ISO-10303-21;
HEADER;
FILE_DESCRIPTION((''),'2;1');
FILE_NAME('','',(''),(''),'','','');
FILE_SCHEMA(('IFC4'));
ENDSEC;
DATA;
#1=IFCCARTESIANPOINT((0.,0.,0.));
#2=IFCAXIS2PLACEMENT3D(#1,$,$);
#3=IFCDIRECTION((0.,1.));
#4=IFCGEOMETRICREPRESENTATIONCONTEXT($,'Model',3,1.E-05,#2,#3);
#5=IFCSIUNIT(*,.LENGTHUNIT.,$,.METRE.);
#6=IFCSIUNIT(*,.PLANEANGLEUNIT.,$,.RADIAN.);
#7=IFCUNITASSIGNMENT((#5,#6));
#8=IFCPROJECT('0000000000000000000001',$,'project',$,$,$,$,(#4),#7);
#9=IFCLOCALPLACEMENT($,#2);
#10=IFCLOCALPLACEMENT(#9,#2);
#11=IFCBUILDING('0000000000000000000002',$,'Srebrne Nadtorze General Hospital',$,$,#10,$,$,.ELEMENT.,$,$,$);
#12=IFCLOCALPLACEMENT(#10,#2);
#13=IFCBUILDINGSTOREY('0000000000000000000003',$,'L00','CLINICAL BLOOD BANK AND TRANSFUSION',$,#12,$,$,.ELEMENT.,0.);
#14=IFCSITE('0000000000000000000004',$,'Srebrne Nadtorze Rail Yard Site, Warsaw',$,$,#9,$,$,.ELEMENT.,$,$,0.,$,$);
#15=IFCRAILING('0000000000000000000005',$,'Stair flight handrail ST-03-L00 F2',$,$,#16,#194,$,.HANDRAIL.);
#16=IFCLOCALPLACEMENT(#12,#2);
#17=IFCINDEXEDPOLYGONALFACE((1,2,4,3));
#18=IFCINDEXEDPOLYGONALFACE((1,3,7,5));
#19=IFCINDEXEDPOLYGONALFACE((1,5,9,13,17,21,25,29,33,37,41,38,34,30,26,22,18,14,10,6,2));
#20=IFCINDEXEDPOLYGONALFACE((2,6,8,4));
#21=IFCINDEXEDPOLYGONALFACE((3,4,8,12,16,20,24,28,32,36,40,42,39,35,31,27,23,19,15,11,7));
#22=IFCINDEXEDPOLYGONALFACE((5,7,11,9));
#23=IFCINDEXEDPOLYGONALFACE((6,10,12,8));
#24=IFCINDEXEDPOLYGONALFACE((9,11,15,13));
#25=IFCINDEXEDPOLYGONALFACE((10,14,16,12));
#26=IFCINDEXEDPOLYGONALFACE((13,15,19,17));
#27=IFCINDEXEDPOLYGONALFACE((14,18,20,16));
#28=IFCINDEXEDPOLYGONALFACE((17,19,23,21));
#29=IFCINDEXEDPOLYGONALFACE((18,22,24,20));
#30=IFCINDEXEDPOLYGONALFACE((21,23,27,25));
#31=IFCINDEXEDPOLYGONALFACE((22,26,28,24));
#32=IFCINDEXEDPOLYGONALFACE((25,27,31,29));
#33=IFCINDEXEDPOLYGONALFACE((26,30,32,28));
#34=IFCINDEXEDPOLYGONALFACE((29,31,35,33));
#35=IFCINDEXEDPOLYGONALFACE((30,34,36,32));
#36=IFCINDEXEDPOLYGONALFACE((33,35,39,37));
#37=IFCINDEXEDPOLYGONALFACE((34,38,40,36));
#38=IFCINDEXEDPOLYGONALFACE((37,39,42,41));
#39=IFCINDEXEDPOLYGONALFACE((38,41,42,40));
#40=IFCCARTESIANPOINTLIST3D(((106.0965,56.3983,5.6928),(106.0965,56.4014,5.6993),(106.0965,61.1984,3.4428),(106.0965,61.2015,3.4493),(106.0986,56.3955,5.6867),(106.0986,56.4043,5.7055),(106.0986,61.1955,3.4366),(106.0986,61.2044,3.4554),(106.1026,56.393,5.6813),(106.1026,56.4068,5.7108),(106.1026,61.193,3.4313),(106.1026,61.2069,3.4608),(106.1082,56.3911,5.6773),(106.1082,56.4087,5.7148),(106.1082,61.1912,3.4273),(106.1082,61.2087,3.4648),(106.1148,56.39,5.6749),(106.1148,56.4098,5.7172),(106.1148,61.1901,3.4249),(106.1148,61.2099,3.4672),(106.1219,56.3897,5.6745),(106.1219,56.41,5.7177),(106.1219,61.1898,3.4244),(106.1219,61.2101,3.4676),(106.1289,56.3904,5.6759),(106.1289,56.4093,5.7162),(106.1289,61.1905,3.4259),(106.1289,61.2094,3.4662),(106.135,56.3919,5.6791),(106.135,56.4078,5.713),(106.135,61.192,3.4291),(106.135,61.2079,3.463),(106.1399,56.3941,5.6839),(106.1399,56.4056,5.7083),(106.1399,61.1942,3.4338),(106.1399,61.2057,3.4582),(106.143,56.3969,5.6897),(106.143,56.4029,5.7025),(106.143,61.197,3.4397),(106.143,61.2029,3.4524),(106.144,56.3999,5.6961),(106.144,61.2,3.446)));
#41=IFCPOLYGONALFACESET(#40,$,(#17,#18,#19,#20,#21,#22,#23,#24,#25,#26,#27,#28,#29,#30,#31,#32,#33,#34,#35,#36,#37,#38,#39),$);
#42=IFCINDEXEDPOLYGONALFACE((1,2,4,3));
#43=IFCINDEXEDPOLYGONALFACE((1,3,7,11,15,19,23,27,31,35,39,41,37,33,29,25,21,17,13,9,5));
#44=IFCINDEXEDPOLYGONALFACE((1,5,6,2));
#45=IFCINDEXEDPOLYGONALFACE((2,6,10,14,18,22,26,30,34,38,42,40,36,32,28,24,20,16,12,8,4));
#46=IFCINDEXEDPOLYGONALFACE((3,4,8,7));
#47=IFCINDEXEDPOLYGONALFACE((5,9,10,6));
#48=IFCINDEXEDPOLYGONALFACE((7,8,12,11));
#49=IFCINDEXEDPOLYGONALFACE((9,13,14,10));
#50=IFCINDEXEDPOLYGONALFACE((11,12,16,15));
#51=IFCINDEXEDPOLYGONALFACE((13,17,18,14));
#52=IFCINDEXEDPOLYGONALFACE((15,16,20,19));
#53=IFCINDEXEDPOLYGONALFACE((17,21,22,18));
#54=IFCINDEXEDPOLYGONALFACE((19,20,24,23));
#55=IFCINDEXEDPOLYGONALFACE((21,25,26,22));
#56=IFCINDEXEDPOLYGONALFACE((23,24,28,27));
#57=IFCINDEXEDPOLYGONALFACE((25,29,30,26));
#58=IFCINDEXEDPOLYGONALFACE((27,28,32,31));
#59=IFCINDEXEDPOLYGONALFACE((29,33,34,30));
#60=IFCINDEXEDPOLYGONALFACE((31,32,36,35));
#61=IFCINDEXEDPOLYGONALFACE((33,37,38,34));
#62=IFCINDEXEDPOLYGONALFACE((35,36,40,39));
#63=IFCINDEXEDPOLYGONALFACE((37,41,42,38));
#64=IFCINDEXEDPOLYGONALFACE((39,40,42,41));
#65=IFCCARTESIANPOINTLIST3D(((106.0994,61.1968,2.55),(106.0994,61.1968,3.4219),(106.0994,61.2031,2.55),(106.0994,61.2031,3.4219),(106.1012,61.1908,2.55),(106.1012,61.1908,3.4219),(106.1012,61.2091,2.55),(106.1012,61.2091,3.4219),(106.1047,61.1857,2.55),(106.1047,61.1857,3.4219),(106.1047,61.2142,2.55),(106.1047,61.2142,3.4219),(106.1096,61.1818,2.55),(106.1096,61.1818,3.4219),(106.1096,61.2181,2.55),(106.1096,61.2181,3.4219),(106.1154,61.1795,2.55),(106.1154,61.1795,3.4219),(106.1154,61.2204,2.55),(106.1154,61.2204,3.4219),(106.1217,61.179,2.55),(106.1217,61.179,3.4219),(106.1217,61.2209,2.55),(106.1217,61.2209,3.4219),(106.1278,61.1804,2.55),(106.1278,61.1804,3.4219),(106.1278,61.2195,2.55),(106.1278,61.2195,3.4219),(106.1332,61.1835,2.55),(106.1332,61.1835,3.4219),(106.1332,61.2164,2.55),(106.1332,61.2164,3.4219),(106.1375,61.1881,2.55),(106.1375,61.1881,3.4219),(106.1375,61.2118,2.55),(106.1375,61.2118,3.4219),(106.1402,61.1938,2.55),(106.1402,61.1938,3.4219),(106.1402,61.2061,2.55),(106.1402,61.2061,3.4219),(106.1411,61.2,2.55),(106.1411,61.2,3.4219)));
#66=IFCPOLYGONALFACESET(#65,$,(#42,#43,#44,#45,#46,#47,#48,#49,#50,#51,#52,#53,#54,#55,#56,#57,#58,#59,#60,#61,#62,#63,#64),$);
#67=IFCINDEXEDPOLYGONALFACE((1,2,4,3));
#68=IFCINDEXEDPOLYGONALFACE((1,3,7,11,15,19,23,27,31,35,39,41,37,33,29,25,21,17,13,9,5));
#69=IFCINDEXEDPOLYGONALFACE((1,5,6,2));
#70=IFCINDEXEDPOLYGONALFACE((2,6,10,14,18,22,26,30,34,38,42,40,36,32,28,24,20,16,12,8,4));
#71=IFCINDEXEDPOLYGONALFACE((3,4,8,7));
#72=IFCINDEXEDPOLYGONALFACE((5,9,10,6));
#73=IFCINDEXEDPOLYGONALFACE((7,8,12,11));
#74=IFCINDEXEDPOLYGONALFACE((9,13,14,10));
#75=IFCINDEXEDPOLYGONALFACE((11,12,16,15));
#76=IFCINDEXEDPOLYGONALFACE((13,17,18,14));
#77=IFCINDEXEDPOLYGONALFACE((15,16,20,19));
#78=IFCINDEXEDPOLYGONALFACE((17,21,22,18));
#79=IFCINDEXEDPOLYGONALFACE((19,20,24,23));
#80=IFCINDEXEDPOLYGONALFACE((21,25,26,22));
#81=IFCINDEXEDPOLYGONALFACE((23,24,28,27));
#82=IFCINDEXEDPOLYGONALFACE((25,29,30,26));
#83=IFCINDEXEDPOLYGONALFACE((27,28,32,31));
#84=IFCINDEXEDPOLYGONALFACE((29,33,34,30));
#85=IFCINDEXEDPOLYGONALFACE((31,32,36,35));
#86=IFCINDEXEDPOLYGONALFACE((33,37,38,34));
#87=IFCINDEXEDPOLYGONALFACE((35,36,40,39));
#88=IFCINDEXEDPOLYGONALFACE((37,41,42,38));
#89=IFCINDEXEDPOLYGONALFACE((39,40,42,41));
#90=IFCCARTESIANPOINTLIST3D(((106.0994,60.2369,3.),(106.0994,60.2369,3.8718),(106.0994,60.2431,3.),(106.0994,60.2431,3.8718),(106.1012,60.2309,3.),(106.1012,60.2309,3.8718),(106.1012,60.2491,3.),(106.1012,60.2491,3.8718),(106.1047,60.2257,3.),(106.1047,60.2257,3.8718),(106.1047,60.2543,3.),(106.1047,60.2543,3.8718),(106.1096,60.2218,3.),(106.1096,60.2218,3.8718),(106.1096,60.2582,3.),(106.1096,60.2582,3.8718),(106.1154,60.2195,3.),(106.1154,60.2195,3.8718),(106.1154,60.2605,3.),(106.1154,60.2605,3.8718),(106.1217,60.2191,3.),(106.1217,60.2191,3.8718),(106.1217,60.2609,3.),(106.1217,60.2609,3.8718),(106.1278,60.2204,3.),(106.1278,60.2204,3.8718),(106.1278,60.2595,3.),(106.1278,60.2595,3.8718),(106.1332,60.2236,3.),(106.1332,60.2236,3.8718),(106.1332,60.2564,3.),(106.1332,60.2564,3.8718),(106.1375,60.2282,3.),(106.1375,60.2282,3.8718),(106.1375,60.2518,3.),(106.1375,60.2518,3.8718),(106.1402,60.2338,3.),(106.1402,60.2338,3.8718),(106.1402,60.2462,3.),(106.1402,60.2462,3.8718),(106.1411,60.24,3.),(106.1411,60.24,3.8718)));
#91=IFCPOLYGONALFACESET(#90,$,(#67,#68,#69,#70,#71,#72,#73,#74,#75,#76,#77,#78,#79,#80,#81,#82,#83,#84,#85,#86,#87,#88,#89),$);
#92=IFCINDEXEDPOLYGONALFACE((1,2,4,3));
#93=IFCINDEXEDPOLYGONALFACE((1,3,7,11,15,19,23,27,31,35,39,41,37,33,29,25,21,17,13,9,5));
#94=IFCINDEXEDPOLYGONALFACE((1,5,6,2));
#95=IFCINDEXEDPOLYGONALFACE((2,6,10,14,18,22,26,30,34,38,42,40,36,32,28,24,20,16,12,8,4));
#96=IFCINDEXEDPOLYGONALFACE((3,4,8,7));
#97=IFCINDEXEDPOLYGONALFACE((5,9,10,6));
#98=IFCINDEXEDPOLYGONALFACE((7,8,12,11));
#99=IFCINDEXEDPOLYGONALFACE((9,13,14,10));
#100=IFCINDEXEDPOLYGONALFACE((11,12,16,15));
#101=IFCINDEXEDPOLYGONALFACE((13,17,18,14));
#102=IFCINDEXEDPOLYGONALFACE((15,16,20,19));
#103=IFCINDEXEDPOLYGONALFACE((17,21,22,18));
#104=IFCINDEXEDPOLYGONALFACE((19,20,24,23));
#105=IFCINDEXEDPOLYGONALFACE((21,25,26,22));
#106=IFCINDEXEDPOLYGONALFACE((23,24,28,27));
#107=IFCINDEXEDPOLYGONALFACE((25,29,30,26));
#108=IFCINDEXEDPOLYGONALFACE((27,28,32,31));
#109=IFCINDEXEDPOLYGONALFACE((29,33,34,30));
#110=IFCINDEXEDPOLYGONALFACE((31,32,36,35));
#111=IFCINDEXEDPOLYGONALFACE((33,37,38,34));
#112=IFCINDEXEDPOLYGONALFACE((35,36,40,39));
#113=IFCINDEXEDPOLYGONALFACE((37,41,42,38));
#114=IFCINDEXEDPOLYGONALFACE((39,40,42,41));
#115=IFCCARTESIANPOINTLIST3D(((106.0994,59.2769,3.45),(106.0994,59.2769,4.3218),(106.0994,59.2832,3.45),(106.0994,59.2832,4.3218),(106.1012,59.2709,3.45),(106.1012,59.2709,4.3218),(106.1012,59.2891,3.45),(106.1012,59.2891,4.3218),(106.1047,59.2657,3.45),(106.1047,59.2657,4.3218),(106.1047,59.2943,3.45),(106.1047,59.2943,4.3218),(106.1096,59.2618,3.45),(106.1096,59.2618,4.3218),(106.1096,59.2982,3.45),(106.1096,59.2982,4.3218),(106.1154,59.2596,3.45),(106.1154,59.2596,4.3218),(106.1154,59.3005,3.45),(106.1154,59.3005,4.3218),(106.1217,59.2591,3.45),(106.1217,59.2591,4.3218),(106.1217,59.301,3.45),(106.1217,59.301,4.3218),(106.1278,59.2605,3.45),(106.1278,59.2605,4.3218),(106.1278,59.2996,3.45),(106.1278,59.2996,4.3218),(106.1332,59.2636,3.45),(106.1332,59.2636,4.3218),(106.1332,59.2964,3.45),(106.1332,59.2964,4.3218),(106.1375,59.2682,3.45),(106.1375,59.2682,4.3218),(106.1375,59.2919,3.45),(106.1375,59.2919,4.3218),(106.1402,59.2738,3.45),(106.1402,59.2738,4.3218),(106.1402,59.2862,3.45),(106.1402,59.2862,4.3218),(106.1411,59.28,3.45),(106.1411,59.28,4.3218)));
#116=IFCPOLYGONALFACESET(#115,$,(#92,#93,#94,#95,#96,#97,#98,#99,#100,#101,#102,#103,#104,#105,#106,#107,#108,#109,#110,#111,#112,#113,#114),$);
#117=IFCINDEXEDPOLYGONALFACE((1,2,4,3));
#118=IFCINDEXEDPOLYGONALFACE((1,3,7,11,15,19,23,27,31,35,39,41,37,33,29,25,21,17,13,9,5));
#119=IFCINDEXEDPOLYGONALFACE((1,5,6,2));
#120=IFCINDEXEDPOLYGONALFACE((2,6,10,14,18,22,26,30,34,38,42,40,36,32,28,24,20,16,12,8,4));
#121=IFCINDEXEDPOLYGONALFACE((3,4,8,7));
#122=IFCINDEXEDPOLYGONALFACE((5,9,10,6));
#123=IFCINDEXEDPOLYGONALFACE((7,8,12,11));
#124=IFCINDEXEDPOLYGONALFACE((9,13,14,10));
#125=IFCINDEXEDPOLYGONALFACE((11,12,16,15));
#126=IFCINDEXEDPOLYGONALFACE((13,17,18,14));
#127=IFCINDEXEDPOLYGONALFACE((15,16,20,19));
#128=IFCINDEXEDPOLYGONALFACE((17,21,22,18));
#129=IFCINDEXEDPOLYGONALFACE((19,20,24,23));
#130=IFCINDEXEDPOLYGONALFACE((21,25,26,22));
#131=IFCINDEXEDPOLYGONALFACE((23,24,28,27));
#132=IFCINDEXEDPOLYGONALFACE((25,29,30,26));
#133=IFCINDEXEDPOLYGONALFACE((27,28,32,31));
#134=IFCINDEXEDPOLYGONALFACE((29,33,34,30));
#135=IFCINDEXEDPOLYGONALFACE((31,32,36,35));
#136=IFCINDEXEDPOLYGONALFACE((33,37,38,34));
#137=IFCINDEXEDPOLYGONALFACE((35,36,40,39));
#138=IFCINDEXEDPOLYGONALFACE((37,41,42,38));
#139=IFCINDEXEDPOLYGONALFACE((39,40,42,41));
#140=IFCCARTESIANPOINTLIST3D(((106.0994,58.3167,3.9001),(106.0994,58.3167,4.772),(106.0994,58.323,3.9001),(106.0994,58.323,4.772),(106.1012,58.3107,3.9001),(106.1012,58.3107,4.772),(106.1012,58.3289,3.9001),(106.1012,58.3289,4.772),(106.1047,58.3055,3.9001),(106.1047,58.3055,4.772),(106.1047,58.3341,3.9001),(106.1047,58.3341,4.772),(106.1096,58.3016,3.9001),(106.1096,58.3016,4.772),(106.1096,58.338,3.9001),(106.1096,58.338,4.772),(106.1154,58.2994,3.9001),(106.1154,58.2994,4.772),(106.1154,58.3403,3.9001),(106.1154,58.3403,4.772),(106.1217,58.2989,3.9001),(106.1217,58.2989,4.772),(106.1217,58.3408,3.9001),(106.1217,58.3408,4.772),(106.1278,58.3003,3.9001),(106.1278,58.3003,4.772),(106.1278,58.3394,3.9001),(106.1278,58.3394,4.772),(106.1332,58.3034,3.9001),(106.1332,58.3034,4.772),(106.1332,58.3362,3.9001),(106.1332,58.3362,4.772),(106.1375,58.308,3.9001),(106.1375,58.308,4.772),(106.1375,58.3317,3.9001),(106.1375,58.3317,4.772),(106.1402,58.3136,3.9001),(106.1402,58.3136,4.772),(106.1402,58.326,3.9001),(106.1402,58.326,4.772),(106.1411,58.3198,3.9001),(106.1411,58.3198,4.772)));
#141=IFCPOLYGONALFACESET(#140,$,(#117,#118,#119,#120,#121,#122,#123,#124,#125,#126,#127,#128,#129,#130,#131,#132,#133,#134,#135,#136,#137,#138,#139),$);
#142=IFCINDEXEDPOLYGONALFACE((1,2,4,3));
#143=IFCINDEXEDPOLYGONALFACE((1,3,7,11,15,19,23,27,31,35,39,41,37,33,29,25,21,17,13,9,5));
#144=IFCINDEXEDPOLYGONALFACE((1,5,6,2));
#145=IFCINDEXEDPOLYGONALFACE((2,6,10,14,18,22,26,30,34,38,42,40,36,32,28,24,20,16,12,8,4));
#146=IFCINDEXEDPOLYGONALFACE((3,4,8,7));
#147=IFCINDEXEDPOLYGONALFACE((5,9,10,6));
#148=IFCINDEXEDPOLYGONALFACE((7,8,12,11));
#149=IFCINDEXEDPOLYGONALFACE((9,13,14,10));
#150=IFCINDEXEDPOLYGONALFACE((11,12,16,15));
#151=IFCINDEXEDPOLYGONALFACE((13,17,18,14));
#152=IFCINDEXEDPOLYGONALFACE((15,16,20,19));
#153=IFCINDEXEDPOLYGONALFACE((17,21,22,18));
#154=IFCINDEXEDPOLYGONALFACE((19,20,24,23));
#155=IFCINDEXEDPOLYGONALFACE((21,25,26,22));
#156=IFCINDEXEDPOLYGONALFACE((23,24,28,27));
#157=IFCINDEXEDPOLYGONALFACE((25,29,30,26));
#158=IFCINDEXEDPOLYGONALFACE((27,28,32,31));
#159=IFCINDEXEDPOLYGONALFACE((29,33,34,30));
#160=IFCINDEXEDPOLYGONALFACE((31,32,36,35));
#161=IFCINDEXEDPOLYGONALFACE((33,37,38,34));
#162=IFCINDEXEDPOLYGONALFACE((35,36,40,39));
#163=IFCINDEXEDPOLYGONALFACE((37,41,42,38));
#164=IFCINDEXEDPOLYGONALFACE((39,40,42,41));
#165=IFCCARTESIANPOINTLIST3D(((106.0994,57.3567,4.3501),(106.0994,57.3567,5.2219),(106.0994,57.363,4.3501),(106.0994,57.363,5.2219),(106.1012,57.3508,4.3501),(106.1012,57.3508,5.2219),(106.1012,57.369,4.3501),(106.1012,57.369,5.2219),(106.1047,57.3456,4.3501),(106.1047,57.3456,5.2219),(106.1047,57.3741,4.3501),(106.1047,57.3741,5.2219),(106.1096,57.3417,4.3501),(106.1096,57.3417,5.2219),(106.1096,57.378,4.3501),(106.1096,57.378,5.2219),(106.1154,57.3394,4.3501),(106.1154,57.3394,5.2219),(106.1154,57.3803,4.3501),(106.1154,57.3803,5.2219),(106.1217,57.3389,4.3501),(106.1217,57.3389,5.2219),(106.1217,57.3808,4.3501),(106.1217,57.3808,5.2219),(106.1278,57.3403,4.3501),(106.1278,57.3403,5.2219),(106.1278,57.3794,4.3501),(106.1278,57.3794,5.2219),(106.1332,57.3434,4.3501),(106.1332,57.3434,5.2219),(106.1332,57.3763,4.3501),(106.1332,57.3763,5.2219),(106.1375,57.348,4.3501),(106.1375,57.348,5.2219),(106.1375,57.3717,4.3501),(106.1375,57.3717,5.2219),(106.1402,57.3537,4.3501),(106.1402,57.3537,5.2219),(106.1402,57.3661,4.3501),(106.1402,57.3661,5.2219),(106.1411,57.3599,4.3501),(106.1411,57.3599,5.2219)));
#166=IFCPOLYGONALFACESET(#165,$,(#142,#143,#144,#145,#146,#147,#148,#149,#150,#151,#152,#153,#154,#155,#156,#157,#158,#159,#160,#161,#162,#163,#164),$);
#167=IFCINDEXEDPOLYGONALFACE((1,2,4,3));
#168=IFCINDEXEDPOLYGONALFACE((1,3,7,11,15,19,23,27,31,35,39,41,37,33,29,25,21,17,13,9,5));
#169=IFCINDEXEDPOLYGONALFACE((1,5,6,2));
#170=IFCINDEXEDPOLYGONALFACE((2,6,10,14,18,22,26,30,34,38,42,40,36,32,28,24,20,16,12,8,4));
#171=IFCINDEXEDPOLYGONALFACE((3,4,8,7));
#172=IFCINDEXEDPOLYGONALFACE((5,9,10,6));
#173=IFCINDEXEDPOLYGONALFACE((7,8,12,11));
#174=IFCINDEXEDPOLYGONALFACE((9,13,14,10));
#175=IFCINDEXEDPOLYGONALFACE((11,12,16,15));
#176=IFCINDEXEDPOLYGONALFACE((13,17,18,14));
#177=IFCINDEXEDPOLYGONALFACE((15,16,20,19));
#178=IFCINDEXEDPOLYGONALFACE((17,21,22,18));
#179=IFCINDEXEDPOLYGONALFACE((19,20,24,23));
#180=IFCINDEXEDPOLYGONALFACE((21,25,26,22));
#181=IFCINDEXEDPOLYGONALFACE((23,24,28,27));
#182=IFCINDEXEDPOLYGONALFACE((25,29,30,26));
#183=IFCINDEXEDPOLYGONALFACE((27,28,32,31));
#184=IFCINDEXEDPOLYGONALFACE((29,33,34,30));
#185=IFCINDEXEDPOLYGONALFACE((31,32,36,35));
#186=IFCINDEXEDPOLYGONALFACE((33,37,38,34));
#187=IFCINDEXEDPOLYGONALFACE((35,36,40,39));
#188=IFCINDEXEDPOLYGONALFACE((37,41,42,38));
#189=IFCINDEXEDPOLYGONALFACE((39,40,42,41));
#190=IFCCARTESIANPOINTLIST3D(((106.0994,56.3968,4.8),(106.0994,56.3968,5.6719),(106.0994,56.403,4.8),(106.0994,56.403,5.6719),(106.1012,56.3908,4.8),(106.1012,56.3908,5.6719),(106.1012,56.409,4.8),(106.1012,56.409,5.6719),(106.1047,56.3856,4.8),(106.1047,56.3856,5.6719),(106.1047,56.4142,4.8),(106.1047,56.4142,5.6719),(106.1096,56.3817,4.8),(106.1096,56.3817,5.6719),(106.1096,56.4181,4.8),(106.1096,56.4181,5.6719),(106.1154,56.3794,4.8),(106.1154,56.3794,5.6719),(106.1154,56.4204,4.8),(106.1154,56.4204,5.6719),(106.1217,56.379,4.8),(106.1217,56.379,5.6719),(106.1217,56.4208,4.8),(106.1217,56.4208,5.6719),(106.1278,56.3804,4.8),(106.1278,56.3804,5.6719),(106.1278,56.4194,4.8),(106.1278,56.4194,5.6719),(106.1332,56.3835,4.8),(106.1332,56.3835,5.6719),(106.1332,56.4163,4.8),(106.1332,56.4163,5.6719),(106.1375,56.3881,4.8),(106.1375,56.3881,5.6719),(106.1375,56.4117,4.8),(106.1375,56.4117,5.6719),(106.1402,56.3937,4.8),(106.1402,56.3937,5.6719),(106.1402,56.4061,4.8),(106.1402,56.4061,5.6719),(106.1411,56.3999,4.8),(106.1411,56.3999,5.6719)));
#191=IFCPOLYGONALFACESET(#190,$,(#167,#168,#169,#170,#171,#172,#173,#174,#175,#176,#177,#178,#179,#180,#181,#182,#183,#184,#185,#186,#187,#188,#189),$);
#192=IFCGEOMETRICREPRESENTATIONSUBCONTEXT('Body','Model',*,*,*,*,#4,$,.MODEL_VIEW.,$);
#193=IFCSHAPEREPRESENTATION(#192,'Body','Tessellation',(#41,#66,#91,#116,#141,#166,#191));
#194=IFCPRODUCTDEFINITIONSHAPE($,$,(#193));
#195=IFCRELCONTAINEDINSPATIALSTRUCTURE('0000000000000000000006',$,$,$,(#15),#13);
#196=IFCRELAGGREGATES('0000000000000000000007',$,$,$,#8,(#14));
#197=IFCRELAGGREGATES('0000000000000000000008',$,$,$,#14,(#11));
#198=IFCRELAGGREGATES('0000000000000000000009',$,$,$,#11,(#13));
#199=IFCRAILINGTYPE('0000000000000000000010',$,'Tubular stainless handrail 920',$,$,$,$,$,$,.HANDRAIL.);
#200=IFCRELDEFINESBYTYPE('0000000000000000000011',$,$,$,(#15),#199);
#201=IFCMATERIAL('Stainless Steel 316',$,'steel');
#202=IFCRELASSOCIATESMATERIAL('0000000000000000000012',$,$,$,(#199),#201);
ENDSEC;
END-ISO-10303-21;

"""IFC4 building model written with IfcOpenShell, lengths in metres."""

from ifc_helpers import new_model, si_unit, direction, frame, origin, origin_2d, place, context, subcontext, project, spatial, circle, extrude, material, type_object, element, save


model = new_model("IFC4")

# Units and contexts
model_context = context("Model", 3, precision=1e-05, world=origin(), true_north=direction((0.0, 1.0)))
body_context = subcontext(model_context, "Body", "Model", "MODEL_VIEW")
ifc_project = project(units=[si_unit("LENGTHUNIT", "METRE"), si_unit("PLANEANGLEUNIT", "RADIAN")], contexts=[model_context])

# Site, building, storey
site_placement = place(None, origin())
site = spatial("IfcSite", under=ifc_project, at=site_placement, Name="Srebrne Nadtorze Rail Yard Site, Warsaw", CompositionType="ELEMENT", RefElevation=0.0)
building_placement = place(site_placement, origin())
building = spatial("IfcBuilding", under=site, at=building_placement, Name="Srebrne Nadtorze General Hospital", CompositionType="ELEMENT")
storey_placement = place(building_placement, origin())
storey = spatial("IfcBuildingStorey", under=building, at=storey_placement, Name="L00", Description="CLINICAL BLOOD BANK AND TRANSFUSION", CompositionType="ELEMENT", Elevation=0.0)

# Railing
ifc_material_1 = material(Name="Stainless Steel 316", Category="steel")
railing_type_1 = type_object("IfcRailingType", Name="Tubular stainless handrail 920", PredefinedType="HANDRAIL", material=ifc_material_1)
railing_1_placement = place(storey_placement, frame((106.1201, 61.2, 2.55)))
element("IfcRailing", 1, at=railing_1_placement, inside=storey, type_object=railing_type_1, Name="Stair flight handrail ST-03-L00 F2", PredefinedType="HANDRAIL", context=body_context, shape_type="SweptSolid", body=[
    extrude(circle(Radius=0.0239, at=origin_2d()), frame((0.0, 0.0, 0.896), z_axis=(0.0, -0.905461, 0.42443), x_axis=(1.0, 0.0, 0.0)), (0.0, 0.0, 1.0), 5.3013),
    extrude(circle(Radius=0.021, at=origin_2d()), origin(), (0.0, 0.0, 1.0), 0.8718),
    extrude(circle(Radius=0.021, at=origin_2d()), frame((0.0, -0.96, 0.45)), (0.0, 0.0, 1.0), 0.8718),
    extrude(circle(Radius=0.021, at=origin_2d()), frame((0.0, -1.9199, 0.8999)), (0.0, 0.0, 1.0), 0.8718),
    extrude(circle(Radius=0.021, at=origin_2d()), frame((0.0, -2.8801, 1.3501)), (0.0, 0.0, 1.0), 0.8718),
    extrude(circle(Radius=0.021, at=origin_2d()), frame((0.0, -3.8401, 1.8)), (0.0, 0.0, 1.0), 0.8718),
    extrude(circle(Radius=0.021, at=origin_2d()), frame((0.0, -4.8, 2.25)), (0.0, 0.0, 1.0), 0.8718),
])

save(model, "model.ifc")
